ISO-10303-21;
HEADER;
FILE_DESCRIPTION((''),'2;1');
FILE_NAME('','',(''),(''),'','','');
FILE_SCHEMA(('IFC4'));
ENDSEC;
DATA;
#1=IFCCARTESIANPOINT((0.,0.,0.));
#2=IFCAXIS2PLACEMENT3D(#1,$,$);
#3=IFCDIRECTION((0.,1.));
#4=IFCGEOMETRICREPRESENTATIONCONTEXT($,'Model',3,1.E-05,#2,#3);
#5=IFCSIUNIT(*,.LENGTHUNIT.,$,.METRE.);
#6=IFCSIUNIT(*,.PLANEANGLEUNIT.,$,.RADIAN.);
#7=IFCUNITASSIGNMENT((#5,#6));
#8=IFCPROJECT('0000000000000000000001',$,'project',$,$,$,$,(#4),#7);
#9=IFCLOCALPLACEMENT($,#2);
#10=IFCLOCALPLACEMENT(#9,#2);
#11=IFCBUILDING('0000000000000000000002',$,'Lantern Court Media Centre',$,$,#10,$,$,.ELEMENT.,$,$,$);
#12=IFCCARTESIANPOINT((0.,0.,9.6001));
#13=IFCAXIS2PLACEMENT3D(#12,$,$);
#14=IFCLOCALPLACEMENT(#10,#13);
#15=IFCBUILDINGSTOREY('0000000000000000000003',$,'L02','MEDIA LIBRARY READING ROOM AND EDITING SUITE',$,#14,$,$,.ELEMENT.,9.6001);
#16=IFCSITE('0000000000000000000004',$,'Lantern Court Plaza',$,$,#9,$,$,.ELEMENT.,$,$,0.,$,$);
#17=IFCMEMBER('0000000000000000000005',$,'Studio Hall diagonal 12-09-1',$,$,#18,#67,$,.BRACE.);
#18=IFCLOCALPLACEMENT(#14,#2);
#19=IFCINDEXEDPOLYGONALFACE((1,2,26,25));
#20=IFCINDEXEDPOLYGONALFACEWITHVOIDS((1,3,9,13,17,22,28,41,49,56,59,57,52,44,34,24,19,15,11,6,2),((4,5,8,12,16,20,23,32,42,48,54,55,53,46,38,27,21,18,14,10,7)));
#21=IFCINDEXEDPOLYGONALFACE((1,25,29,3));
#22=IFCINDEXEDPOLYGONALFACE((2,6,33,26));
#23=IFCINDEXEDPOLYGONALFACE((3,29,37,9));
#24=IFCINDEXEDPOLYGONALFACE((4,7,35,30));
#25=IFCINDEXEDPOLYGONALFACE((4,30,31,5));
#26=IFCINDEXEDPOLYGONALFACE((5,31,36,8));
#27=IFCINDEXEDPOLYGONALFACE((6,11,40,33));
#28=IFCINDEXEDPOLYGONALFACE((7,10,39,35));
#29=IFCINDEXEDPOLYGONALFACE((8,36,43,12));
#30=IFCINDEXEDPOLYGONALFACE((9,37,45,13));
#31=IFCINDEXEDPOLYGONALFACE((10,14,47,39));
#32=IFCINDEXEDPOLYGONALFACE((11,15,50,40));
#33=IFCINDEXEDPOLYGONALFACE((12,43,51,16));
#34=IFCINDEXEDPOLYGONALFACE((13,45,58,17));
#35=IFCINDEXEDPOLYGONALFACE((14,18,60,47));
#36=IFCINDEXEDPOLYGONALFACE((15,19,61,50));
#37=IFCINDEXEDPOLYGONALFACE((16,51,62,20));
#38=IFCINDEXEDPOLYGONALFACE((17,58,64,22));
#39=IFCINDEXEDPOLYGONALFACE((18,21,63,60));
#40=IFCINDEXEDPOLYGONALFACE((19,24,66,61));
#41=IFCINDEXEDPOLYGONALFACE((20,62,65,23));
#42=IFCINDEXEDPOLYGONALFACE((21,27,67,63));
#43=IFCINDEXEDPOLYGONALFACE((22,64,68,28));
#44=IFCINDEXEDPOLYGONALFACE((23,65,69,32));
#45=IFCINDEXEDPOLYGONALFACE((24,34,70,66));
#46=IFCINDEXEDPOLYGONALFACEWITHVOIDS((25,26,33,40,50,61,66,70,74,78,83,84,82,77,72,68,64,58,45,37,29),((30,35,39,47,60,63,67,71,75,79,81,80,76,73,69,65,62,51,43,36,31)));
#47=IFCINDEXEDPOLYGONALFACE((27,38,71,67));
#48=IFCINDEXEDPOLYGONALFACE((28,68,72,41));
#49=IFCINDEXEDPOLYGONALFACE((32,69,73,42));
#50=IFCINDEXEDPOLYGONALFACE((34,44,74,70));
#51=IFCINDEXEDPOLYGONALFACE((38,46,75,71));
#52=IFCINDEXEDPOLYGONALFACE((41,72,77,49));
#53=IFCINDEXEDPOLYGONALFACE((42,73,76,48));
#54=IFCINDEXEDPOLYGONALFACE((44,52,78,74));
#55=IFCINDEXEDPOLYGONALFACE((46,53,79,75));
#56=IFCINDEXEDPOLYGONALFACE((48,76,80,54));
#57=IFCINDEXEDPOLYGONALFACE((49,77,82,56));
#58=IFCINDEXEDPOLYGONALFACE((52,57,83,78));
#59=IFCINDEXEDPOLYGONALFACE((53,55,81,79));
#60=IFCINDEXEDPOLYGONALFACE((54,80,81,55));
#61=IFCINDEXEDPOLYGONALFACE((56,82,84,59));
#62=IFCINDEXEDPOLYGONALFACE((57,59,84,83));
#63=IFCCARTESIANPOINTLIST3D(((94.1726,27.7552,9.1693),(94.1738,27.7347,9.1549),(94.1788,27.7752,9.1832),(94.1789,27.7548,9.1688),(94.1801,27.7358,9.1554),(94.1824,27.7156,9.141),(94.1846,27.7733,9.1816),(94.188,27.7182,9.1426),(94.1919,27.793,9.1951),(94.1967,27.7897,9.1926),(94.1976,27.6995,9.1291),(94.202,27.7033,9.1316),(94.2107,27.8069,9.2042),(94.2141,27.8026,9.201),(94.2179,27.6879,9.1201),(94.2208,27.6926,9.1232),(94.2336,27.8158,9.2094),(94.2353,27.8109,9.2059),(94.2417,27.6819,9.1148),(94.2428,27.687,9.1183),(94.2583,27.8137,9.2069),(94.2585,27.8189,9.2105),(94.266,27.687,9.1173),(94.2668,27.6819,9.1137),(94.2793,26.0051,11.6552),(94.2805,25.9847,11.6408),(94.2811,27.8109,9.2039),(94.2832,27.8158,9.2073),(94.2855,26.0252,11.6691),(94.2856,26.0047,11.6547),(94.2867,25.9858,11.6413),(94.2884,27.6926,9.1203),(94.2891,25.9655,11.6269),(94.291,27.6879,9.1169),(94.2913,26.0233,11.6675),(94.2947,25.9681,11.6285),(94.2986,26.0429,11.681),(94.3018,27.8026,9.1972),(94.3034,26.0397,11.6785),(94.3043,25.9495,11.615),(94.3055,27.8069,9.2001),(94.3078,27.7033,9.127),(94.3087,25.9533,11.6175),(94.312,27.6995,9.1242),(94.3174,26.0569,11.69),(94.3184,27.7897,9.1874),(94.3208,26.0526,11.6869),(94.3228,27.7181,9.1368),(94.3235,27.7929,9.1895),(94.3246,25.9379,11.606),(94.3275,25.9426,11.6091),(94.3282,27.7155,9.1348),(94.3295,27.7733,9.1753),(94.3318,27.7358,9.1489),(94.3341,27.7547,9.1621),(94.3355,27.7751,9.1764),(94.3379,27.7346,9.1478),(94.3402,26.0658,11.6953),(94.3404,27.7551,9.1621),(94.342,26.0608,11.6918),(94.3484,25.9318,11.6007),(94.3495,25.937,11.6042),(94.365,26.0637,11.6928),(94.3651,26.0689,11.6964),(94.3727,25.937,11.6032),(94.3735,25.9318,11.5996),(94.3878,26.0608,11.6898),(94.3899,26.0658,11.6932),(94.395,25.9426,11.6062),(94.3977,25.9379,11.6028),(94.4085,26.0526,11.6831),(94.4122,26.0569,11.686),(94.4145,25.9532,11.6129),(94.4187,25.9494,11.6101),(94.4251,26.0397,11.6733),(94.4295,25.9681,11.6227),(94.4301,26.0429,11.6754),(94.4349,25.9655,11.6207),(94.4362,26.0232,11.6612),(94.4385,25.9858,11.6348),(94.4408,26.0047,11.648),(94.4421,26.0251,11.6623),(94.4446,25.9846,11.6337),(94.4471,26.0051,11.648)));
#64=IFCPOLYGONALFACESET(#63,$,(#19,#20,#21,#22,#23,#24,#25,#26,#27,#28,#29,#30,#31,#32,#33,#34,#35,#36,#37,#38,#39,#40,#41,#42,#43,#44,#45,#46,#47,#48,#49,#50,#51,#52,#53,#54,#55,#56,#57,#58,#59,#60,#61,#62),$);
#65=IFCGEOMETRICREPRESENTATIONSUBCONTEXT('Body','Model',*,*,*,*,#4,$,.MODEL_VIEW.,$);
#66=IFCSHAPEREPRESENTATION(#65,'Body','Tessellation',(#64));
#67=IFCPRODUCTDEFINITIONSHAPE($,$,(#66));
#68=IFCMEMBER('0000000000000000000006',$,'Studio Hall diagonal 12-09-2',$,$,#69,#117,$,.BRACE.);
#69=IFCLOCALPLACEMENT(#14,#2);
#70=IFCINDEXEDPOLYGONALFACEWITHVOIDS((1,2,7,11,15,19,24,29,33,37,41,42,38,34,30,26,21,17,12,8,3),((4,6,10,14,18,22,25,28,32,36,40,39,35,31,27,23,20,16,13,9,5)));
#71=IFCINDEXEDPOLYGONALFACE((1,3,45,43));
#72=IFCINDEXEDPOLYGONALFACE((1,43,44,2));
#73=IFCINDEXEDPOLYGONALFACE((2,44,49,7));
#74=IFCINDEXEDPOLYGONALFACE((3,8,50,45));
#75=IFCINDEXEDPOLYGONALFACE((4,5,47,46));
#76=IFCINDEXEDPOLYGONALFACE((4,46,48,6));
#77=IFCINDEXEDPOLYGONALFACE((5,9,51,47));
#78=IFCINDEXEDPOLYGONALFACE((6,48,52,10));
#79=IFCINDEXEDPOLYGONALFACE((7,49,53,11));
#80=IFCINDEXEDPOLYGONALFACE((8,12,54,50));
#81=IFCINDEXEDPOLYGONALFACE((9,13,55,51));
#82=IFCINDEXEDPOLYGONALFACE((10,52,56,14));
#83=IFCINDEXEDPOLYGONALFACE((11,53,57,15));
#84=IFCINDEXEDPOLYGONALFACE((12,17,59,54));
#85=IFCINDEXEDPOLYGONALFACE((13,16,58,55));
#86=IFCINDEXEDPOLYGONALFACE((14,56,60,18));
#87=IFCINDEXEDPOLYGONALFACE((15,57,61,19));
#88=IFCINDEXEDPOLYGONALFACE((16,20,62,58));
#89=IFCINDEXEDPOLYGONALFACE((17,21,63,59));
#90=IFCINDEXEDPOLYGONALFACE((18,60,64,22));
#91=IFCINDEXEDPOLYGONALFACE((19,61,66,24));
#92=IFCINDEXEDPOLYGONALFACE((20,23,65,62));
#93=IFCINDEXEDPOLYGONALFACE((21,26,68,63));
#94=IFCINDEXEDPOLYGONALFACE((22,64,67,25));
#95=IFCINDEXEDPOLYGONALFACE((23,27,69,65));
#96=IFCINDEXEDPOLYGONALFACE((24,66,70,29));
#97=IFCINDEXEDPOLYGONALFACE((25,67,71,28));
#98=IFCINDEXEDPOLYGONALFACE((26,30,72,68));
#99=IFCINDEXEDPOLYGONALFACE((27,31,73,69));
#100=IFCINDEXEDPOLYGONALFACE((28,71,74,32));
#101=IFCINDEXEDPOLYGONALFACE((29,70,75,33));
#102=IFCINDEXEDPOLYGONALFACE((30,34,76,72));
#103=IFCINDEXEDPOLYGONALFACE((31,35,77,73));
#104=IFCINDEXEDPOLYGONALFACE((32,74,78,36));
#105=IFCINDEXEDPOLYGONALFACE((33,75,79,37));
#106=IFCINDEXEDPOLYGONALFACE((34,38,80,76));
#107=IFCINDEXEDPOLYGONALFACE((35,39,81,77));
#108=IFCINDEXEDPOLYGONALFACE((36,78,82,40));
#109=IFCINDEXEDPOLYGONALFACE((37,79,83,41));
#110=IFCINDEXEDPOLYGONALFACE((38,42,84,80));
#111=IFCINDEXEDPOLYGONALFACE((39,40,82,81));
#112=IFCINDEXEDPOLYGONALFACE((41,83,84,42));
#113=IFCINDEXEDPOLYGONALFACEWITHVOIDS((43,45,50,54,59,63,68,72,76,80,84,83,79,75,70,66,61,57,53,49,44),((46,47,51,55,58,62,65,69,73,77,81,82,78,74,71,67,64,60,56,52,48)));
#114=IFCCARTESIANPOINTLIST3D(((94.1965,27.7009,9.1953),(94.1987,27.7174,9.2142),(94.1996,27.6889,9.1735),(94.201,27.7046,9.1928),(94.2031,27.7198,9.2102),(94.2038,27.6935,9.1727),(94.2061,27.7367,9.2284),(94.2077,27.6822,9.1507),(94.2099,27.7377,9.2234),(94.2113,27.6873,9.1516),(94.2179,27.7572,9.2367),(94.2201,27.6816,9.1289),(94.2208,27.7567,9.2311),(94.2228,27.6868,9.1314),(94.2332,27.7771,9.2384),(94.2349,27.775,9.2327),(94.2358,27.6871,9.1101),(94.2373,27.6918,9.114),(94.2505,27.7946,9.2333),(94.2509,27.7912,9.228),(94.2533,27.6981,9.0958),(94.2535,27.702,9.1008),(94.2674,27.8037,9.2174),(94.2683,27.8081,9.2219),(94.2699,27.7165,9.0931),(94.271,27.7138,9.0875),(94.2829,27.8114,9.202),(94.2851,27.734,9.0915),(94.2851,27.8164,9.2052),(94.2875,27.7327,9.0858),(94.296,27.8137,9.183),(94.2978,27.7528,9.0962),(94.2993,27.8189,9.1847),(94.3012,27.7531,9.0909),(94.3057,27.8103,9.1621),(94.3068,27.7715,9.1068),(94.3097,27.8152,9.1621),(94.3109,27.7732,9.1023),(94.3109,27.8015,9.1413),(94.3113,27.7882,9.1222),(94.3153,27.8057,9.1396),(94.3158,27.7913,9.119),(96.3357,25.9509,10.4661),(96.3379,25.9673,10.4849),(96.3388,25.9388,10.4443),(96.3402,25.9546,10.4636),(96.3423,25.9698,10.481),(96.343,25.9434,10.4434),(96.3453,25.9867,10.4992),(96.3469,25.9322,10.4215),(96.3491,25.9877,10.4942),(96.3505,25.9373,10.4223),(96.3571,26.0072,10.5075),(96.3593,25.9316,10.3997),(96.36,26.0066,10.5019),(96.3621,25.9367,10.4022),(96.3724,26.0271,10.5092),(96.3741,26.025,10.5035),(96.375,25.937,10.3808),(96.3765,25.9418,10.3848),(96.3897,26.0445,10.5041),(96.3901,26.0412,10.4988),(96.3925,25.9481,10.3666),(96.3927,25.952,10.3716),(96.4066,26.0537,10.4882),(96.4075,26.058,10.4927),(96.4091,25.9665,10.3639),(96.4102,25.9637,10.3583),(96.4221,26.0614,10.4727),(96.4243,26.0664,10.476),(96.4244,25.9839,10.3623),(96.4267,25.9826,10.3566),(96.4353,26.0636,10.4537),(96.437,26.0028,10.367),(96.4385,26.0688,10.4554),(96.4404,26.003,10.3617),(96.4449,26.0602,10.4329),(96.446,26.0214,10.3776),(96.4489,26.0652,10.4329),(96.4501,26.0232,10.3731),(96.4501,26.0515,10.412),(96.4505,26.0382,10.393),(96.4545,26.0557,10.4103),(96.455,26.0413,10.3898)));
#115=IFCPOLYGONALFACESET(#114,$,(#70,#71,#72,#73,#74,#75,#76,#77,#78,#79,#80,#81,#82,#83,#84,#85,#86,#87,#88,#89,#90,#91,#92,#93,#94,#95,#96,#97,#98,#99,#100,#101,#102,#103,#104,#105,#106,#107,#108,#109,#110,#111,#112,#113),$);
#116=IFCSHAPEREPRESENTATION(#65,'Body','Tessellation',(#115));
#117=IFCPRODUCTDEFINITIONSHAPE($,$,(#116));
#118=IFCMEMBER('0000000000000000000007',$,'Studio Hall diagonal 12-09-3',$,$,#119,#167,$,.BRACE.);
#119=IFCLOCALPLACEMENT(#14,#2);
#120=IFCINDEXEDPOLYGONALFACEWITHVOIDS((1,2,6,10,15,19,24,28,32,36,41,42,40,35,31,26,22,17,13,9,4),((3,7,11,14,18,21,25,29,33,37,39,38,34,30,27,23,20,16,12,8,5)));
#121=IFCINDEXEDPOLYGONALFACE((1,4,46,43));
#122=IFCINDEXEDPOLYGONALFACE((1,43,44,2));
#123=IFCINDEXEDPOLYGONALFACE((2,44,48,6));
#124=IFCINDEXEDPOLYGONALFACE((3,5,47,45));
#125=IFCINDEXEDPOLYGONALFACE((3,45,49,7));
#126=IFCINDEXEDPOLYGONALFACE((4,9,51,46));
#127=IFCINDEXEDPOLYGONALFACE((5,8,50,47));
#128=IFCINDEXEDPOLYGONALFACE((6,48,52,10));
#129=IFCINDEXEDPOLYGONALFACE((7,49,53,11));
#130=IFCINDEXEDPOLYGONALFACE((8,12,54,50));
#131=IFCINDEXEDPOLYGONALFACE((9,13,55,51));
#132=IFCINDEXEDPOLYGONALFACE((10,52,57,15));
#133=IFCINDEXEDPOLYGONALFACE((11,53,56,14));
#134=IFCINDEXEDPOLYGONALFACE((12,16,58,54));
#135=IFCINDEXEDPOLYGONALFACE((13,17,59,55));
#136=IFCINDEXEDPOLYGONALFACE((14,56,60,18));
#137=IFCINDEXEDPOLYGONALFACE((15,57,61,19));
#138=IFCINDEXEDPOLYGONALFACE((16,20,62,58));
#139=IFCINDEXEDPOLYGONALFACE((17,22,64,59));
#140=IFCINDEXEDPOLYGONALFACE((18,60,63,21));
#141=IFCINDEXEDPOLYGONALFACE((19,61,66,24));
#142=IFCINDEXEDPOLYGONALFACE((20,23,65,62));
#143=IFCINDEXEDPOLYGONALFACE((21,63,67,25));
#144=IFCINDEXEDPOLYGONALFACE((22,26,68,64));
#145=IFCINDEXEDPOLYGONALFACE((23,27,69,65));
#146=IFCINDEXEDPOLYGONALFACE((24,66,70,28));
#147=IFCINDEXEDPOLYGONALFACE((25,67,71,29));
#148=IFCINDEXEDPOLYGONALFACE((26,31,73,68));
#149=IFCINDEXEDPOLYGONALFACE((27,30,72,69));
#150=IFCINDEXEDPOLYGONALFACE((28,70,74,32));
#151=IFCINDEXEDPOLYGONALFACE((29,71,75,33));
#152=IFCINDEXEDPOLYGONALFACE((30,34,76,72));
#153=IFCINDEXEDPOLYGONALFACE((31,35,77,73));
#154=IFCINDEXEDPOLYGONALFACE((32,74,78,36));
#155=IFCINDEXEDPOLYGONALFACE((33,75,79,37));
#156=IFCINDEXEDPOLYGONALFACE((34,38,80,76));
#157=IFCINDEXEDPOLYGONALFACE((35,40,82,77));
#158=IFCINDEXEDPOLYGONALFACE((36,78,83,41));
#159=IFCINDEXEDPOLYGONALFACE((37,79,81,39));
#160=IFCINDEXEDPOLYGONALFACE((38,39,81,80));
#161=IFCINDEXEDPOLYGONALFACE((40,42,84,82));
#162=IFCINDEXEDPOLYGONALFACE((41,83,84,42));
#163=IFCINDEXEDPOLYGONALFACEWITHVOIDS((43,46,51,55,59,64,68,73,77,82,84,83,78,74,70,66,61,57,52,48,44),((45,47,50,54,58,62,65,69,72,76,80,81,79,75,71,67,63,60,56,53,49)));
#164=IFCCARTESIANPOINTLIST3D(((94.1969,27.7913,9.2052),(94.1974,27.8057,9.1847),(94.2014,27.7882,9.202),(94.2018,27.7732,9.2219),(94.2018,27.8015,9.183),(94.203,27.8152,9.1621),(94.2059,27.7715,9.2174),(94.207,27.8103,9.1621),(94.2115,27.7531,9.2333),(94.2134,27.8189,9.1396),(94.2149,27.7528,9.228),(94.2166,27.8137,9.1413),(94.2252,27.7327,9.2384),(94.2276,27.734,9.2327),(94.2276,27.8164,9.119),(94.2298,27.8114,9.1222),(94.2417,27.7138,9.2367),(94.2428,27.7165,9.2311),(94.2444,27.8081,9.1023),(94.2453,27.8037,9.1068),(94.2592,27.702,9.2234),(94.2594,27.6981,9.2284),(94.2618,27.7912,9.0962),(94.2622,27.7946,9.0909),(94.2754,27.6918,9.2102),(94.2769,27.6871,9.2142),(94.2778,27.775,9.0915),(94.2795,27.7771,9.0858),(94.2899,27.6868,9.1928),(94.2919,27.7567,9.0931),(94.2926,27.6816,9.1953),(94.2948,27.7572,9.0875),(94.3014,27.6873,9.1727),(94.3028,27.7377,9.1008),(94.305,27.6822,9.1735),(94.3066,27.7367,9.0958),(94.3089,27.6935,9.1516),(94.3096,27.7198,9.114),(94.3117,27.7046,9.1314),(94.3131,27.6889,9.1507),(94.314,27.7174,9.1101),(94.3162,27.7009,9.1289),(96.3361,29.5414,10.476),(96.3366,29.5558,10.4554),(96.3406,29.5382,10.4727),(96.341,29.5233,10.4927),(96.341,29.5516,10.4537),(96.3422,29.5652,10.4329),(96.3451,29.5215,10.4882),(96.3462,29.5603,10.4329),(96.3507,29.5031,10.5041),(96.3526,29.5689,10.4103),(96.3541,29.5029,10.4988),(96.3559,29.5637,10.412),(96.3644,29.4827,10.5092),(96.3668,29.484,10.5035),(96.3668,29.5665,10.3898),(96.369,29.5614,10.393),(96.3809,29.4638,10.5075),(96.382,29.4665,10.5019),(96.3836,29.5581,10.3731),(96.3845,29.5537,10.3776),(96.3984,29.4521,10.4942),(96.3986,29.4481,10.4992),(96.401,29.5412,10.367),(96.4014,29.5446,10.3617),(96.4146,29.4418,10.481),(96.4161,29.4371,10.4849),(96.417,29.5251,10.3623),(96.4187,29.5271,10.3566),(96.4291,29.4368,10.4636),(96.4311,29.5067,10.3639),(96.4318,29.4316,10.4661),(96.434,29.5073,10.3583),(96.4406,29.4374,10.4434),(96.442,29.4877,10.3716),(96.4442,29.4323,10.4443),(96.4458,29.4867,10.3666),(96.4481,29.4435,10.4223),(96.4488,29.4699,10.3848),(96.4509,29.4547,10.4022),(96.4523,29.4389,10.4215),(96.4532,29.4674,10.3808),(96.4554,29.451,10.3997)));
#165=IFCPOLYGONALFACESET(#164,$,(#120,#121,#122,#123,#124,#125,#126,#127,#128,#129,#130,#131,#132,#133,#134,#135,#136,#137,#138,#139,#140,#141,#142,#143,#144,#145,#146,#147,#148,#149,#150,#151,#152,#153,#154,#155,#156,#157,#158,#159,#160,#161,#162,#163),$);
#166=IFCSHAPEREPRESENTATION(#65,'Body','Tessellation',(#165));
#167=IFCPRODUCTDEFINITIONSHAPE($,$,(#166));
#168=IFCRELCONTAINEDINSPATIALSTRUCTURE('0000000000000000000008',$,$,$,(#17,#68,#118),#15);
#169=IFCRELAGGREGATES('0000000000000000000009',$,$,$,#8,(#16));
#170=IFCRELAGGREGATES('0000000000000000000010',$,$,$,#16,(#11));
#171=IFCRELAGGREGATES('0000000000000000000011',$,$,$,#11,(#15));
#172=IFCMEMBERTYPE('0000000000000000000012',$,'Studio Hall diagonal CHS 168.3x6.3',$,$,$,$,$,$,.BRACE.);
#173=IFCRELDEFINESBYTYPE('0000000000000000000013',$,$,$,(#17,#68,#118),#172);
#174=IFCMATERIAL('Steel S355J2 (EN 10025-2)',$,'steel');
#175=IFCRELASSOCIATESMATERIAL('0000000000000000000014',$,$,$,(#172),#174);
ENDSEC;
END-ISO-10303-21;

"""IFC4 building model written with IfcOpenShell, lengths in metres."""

from ifc_helpers import new_model, si_unit, direction, frame, origin, origin_2d, place, context, subcontext, project, spatial, hollow_circle, extrude, material, material_profile, profile_set, type_object, element, save


model = new_model("IFC4")

# Units and contexts
model_context = context("Model", 3, precision=1e-05, world=origin(), true_north=direction((0.0, 1.0)))
body_context = subcontext(model_context, "Body", "Model", "MODEL_VIEW")
ifc_project = project(units=[si_unit("LENGTHUNIT", "METRE"), si_unit("PLANEANGLEUNIT", "RADIAN")], contexts=[model_context])

# Site, building, storey
site_placement = place(None, origin())
site = spatial("IfcSite", under=ifc_project, at=site_placement, Name="Lantern Court Plaza", CompositionType="ELEMENT", RefElevation=0.0)
building_placement = place(site_placement, origin())
building = spatial("IfcBuilding", under=site, at=building_placement, Name="Lantern Court Media Centre", CompositionType="ELEMENT")
storey_placement = place(building_placement, frame((0.0, 0.0, 9.6001)))
storey = spatial("IfcBuildingStorey", under=building, at=storey_placement, Name="L02", Description="MEDIA LIBRARY READING ROOM AND EDITING SUITE", CompositionType="ELEMENT", Elevation=9.6001)

# Members
ifc_material = material(Name="Steel S355J2 (EN 10025-2)", Category="steel")
ifc_material_profile_1 = material_profile(ifc_material, hollow_circle(Radius=0.0842, WallThickness=0.0063, at=origin_2d()), Name="Studio Hall diagonal CHS 168.3x6.3")
ifc_profile_set_1 = profile_set([ifc_material_profile_1], Name="Steel S355J2 (EN 10025-2)")
member_type_1 = type_object("IfcMemberType", Name="Studio Hall diagonal CHS 168.3x6.3", PredefinedType="BRACE", material=ifc_profile_set_1)
for number, where, z_axis, x_axis, name in (
    (1, (94.2563, 27.75, 9.1621), (0.035073, -0.575294, 0.817194), (0.998147, 0.060852, 0.0), "Studio Hall diagonal 12-09-1"),
    (2, (94.2563, 27.75, 9.1621), (0.703225, -0.575293, 0.417746), (0.63319, 0.773997, 0.0), "Studio Hall diagonal 12-09-2"),
    (3, (94.2563, 27.75, 9.1621), (0.703225, 0.575293, 0.417746), (-0.63319, 0.773997, 0.0), "Studio Hall diagonal 12-09-3"),
):
    element("IfcMember", number, at=place(storey_placement, frame(where, z_axis=z_axis, x_axis=x_axis)), inside=storey, type_object=member_type_1, Name=name, PredefinedType="BRACE", context=body_context, shape_type="SweptSolid", body=[
        extrude(hollow_circle(Radius=0.0842, WallThickness=0.0063, at=origin_2d()), origin(), (0.0, 0.0, 1.0), 3.042),
    ])

save(model, "model.ifc")
